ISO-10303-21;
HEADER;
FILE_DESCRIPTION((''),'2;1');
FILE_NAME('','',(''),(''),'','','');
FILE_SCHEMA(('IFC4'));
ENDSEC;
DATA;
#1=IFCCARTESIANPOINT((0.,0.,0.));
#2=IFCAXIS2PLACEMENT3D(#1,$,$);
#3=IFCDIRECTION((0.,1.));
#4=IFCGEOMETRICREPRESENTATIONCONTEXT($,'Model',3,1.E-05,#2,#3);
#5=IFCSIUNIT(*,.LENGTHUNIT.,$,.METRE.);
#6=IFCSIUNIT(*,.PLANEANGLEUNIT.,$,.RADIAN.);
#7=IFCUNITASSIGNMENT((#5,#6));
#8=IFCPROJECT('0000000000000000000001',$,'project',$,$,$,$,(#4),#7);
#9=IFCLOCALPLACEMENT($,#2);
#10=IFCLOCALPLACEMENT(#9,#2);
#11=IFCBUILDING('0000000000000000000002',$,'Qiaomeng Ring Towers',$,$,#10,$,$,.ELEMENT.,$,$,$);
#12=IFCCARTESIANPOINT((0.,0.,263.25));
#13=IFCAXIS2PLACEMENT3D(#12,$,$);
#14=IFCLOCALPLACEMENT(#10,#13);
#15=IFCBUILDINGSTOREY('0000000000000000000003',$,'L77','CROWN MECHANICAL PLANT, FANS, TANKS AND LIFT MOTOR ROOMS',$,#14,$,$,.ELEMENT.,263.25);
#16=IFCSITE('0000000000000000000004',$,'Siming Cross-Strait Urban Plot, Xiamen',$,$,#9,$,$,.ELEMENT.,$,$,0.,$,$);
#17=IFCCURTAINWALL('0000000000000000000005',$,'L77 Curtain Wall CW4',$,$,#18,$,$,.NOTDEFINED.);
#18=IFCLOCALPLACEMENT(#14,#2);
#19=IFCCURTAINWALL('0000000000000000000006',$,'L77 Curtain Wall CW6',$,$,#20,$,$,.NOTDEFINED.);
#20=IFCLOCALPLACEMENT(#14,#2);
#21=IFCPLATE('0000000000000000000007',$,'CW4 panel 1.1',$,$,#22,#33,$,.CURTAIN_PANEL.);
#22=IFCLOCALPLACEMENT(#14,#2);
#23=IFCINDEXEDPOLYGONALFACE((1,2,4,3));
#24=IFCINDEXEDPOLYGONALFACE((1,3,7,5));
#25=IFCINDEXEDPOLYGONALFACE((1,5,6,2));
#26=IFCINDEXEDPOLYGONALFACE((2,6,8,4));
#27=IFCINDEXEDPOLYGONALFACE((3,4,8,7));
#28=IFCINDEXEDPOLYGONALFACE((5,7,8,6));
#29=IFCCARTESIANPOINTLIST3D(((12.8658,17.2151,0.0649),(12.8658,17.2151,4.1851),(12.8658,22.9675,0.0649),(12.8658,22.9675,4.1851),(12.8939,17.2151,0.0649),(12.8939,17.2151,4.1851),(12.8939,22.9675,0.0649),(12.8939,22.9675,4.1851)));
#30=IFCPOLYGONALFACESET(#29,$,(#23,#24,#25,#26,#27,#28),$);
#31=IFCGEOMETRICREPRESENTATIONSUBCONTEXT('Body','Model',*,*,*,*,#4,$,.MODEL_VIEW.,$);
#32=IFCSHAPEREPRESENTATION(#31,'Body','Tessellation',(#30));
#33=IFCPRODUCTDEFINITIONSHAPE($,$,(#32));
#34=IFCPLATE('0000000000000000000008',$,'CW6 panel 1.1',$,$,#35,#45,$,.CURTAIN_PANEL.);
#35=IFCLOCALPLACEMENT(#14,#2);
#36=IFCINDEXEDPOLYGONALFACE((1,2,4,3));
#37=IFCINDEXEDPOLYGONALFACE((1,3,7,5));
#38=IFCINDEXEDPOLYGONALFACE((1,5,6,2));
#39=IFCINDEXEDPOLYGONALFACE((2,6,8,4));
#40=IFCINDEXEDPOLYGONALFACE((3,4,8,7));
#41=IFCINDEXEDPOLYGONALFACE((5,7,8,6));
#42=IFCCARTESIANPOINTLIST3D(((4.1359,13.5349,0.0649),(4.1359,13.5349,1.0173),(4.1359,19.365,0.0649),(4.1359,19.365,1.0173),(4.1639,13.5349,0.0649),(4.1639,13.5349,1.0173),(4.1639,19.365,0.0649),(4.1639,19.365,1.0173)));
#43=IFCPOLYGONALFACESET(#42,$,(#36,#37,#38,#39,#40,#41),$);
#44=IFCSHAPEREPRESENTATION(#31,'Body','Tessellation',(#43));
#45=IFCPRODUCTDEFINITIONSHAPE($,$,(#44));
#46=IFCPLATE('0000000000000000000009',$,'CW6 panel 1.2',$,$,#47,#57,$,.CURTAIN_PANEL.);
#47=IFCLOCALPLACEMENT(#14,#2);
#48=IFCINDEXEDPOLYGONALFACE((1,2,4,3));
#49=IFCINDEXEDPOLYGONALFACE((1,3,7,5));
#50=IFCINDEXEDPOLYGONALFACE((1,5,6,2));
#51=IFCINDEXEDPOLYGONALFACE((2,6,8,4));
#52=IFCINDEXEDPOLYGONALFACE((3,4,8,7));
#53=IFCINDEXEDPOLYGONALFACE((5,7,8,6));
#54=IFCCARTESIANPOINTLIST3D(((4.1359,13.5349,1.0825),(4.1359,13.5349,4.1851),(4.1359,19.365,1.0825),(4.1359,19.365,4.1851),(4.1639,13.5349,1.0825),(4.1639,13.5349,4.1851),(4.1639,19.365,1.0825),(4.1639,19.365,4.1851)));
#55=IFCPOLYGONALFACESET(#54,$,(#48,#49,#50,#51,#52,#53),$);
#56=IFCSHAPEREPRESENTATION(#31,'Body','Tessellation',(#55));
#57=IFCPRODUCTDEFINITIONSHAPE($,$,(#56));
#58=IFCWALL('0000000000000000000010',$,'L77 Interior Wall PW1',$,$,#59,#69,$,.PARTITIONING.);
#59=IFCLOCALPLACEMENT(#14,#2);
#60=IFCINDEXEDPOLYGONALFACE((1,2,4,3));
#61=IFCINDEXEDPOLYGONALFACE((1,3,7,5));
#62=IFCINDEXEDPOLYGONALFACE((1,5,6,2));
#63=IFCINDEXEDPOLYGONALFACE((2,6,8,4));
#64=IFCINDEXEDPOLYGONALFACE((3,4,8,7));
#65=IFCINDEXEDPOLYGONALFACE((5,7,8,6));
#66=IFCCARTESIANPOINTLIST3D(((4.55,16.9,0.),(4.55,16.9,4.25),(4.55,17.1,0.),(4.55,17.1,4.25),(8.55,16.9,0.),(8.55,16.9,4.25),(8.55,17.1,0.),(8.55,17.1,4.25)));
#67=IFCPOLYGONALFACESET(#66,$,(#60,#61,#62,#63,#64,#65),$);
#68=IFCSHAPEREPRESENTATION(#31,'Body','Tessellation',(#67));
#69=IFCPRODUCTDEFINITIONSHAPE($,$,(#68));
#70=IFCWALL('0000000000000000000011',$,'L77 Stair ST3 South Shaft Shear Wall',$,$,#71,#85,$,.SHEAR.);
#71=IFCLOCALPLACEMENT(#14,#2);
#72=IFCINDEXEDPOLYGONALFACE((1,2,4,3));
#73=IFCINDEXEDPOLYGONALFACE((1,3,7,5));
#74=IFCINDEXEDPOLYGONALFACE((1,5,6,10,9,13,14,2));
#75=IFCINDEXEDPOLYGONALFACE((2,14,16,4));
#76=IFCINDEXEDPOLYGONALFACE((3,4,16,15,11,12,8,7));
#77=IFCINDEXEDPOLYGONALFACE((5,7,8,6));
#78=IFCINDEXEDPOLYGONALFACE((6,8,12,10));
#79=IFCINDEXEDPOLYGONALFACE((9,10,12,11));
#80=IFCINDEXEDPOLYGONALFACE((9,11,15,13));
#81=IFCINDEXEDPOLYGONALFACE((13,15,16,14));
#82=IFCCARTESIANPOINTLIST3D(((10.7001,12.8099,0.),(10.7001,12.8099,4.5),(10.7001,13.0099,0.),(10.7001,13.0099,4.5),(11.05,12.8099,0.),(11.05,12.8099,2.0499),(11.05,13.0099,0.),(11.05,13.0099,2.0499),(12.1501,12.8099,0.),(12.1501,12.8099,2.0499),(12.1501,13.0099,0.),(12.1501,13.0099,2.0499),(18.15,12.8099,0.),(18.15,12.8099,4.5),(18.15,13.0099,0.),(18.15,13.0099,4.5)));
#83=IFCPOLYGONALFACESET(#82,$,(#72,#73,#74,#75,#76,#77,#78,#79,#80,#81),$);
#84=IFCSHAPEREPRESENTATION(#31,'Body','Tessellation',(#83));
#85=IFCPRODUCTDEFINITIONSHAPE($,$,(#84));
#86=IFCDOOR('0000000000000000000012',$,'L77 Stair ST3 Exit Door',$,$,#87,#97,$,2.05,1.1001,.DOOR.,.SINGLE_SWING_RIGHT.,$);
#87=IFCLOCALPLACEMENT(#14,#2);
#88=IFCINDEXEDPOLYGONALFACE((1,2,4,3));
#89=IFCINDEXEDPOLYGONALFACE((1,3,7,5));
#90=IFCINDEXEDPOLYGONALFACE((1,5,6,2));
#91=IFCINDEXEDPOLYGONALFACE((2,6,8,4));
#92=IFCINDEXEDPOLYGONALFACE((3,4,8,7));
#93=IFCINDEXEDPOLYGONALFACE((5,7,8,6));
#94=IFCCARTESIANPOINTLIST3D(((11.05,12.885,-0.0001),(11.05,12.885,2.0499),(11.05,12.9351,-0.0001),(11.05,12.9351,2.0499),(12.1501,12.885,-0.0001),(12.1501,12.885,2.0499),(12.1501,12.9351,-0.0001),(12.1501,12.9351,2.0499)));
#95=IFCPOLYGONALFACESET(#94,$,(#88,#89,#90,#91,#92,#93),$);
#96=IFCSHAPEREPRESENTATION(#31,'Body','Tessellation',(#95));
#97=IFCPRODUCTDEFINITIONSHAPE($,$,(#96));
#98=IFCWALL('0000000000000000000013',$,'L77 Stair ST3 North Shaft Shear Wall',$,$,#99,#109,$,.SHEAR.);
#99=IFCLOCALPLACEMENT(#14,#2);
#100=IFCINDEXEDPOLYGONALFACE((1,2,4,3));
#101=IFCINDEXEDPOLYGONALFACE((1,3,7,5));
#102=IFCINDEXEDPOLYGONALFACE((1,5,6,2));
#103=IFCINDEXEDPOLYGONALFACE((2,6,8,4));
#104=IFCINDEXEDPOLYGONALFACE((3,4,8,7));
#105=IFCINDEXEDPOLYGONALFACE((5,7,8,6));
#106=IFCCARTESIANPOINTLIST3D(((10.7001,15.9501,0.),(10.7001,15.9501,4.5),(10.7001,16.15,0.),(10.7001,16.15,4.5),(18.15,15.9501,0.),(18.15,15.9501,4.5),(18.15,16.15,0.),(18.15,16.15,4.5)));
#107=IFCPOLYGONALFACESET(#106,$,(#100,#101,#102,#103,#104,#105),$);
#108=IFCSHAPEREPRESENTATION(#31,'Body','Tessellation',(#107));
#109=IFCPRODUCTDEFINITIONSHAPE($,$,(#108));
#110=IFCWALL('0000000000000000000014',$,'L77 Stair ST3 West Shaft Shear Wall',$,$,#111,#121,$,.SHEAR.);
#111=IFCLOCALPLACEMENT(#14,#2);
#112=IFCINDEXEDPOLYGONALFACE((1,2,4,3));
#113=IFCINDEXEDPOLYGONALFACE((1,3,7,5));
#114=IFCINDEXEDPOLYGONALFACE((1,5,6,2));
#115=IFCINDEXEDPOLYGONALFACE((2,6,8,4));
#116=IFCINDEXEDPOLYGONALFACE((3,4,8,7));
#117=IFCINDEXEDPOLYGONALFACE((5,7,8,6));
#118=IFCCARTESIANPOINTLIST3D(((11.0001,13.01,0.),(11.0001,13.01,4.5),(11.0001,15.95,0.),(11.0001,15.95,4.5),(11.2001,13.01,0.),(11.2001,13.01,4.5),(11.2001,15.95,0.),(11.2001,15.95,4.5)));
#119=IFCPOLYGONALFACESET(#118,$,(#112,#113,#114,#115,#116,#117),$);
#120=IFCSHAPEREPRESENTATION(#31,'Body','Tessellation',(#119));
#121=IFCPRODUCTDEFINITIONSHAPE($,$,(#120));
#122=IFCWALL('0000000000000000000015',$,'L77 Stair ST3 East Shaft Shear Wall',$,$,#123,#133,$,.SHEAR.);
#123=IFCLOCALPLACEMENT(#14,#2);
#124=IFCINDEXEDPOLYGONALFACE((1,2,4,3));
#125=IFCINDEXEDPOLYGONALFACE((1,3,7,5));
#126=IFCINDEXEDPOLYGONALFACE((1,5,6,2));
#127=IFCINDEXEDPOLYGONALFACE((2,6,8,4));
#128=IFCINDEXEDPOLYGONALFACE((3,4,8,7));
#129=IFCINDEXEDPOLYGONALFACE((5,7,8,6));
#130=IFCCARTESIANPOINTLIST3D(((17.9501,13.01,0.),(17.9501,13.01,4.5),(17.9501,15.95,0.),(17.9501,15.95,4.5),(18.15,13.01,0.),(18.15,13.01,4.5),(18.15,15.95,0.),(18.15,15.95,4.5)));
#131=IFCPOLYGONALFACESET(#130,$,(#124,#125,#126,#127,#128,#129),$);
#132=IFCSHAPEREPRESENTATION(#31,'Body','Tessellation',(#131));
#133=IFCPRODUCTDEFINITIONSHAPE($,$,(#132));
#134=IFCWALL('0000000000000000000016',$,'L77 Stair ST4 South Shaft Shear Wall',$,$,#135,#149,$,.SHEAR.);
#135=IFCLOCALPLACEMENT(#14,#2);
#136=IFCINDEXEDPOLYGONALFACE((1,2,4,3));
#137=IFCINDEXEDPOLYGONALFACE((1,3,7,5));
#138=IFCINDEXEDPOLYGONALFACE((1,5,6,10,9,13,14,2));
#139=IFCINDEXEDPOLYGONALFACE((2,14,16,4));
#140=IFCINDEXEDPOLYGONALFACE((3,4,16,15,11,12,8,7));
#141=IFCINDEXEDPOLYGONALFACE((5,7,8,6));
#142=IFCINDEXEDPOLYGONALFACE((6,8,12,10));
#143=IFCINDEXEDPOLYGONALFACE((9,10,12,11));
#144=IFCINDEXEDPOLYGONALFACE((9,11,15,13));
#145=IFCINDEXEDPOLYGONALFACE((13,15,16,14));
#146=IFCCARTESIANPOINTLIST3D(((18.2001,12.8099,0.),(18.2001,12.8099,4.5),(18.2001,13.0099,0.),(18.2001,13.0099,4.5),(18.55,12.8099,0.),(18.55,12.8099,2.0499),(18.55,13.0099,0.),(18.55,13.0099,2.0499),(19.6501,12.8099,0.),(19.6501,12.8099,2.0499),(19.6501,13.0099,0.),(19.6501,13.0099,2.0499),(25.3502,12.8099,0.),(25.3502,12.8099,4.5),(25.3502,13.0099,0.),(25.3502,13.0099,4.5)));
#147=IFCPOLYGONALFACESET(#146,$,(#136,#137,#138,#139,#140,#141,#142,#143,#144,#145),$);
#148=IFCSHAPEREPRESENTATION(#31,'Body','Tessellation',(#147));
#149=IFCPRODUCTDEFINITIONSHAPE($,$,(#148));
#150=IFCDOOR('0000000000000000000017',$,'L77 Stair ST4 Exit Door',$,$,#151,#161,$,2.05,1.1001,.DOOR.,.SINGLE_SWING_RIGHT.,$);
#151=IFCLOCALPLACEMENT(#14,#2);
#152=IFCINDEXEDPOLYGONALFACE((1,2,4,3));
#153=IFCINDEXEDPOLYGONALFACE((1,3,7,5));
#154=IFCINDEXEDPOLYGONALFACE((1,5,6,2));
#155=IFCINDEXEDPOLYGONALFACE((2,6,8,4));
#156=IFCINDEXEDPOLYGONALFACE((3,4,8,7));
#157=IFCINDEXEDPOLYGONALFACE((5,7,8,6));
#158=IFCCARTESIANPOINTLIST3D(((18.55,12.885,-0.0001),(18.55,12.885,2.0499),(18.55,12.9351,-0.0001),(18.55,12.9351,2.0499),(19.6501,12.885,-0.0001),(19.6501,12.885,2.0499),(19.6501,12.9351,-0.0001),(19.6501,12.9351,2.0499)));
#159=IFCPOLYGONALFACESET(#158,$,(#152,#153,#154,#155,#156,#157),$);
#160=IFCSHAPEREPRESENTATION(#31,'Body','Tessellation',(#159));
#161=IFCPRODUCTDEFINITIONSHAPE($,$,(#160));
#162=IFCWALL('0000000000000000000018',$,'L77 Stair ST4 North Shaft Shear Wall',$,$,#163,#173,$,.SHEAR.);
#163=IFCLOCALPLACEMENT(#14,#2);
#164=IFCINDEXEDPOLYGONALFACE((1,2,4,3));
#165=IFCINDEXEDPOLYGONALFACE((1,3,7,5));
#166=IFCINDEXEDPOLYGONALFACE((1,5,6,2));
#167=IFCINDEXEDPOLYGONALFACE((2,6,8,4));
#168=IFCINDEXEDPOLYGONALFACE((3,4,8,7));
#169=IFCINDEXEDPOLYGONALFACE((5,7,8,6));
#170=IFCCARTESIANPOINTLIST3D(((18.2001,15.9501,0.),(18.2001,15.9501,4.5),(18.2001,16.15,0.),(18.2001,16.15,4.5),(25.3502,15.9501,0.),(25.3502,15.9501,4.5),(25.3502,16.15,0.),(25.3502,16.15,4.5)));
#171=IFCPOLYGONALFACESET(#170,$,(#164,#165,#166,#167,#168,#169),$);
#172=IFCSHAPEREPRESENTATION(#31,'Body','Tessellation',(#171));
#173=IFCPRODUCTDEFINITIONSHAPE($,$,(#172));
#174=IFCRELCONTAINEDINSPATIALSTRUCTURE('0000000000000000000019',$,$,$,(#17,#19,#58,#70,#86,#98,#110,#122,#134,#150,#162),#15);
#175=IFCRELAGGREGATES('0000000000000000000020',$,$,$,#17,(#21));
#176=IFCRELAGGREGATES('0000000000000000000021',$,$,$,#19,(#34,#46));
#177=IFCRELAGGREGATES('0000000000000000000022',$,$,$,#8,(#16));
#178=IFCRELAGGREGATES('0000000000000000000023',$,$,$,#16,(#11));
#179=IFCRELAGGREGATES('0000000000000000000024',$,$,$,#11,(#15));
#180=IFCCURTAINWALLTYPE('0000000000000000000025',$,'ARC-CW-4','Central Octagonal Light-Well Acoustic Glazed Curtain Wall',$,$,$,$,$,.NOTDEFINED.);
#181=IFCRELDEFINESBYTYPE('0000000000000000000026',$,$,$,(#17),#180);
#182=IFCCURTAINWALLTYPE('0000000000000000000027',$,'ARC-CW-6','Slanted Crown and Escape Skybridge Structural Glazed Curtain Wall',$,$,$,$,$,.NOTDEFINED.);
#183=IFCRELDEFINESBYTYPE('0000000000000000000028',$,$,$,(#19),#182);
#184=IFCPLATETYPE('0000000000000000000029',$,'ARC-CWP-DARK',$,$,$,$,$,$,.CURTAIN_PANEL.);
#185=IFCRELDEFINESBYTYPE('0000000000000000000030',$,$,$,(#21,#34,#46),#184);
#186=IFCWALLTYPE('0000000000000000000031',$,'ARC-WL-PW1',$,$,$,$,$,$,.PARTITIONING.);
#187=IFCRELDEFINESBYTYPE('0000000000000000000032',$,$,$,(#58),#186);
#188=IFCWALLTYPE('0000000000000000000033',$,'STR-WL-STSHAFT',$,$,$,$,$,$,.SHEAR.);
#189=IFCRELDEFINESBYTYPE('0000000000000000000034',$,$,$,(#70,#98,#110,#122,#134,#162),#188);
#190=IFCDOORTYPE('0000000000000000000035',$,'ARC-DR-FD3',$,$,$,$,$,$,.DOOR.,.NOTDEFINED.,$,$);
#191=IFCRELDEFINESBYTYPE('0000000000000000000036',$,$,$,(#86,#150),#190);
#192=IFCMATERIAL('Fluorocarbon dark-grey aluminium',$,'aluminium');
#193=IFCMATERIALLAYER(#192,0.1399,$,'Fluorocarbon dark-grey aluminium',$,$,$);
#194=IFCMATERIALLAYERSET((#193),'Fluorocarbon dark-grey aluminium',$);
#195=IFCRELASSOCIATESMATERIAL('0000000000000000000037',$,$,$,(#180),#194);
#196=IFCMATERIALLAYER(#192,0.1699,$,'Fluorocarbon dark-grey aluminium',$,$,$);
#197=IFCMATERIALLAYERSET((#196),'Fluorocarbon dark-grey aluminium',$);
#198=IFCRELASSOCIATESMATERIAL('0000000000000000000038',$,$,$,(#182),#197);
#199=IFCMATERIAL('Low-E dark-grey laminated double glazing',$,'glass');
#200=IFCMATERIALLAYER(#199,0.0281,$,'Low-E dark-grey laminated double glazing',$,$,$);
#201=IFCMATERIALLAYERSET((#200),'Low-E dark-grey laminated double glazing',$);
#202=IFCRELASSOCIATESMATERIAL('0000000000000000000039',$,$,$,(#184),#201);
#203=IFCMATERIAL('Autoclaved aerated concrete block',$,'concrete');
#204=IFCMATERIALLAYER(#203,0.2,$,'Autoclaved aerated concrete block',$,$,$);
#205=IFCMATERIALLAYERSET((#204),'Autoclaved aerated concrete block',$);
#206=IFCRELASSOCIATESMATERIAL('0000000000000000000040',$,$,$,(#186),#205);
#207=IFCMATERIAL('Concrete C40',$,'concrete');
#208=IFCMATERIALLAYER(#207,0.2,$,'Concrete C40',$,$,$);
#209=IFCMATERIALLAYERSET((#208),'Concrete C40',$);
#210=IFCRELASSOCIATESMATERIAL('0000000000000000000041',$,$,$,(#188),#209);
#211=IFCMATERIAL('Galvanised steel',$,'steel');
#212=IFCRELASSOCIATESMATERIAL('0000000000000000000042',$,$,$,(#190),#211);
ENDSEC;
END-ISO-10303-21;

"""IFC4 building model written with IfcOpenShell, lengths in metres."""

from ifc_helpers import new_model, si_unit, direction, frame, frame_2d, origin, origin_2d, place, context, subcontext, project, spatial, rectangle, extrude, source, transform, mapped, material, layer, layer_set, type_object, element, fill, aggregate, save


model = new_model("IFC4")

# Units and contexts
model_context = context("Model", 3, precision=1e-05, world=origin(), true_north=direction((0.0, 1.0)))
body_context = subcontext(model_context, "Body", "Model", "MODEL_VIEW")
ifc_project = project(units=[si_unit("LENGTHUNIT", "METRE"), si_unit("PLANEANGLEUNIT", "RADIAN")], contexts=[model_context])

# Site, building, storey
site_placement = place(None, origin())
site = spatial("IfcSite", under=ifc_project, at=site_placement, Name="Siming Cross-Strait Urban Plot, Xiamen", CompositionType="ELEMENT", RefElevation=0.0)
building_placement = place(site_placement, origin())
building = spatial("IfcBuilding", under=site, at=building_placement, Name="Qiaomeng Ring Towers", CompositionType="ELEMENT")
storey_placement = place(building_placement, frame((0.0, 0.0, 263.25)))
storey = spatial("IfcBuildingStorey", under=building, at=storey_placement, Name="L77", Description="CROWN MECHANICAL PLANT, FANS, TANKS AND LIFT MOTOR ROOMS", CompositionType="ELEMENT", Elevation=263.25)

# Shared definitions
ifc_material_1 = material(Name="Concrete C40", Category="concrete")

# Curtain wall
ifc_material_2 = material(Name="Fluorocarbon dark-grey aluminium", Category="aluminium")
ifc_layer_1 = layer(ifc_material_2, 0.1399, Name="Fluorocarbon dark-grey aluminium")
ifc_layer_set_1 = layer_set([ifc_layer_1], Name="Fluorocarbon dark-grey aluminium")
curtain_wall_type_1 = type_object("IfcCurtainWallType", Name="ARC-CW-4", Description="Central Octagonal Light-Well Acoustic Glazed Curtain Wall", PredefinedType="NOTDEFINED", material=ifc_layer_set_1)
curtain_wall_1_placement = place(storey_placement, origin())
curtain_wall_1 = element("IfcCurtainWall", 1, at=curtain_wall_1_placement, inside=storey, type_object=curtain_wall_type_1, Name="L77 Curtain Wall CW4", PredefinedType="NOTDEFINED")

# Shared definitions
ifc_layer_2 = layer(ifc_material_2, 0.1699, Name="Fluorocarbon dark-grey aluminium")
ifc_layer_set_2 = layer_set([ifc_layer_2], Name="Fluorocarbon dark-grey aluminium")
curtain_wall_type_2 = type_object("IfcCurtainWallType", Name="ARC-CW-6", Description="Slanted Crown and Escape Skybridge Structural Glazed Curtain Wall", PredefinedType="NOTDEFINED", material=ifc_layer_set_2)

# Curtain wall
curtain_wall_2_placement = place(storey_placement, origin())
curtain_wall_2 = element("IfcCurtainWall", 2, at=curtain_wall_2_placement, inside=storey, type_object=curtain_wall_type_2, Name="L77 Curtain Wall CW6", PredefinedType="NOTDEFINED")

# Plates
ifc_material_3 = material(Name="Low-E dark-grey laminated double glazing", Category="glass")
ifc_layer_3 = layer(ifc_material_3, 0.0281, Name="Low-E dark-grey laminated double glazing")
ifc_layer_set_3 = layer_set([ifc_layer_3], Name="Low-E dark-grey laminated double glazing")
plate_type = type_object("IfcPlateType", Name="ARC-CWP-DARK", PredefinedType="CURTAIN_PANEL", material=ifc_layer_set_3)
shared_shape_1 = source(origin(), body_context, "Body", "SweptSolid", [
    extrude(rectangle(XDim=5.7524, YDim=0.0281, at=origin_2d()), origin(), (0.0, 0.0, 1.0), 4.1201),
])
plate_1_placement = place(storey_placement, frame((12.8799, 20.0913, 0.0649), z_axis=(0.0, 0.0, 1.0), x_axis=(0.0, 1.0, 0.0)))
plate_1 = element("IfcPlate", 3, at=plate_1_placement, type_object=plate_type, Name="CW4 panel 1.1", PredefinedType="CURTAIN_PANEL", context=body_context, shape_type="MappedRepresentation", body=[
    mapped(shared_shape_1, transform((0.0, 0.0, 0.0), x_axis=(1.0, 0.0, 0.0), y_axis=(0.0, 1.0, 0.0), z_axis=(0.0, 0.0, 1.0), scale=1.0)),
])
aggregate(curtain_wall_1, [plate_1])
shared_shape_2 = source(origin(), body_context, "Body", "SweptSolid", [
    extrude(rectangle(XDim=5.8301, YDim=0.0281, at=origin_2d()), origin(), (0.0, 0.0, 1.0), 0.9524),
])
plate_2_placement = place(storey_placement, frame((4.1499, 16.45, 0.0649), z_axis=(0.0, 0.0, 1.0), x_axis=(0.0, -1.0, 0.0)))
plate_2 = element("IfcPlate", 4, at=plate_2_placement, type_object=plate_type, Name="CW6 panel 1.1", PredefinedType="CURTAIN_PANEL", context=body_context, shape_type="MappedRepresentation", body=[
    mapped(shared_shape_2, transform((0.0, 0.0, 0.0), x_axis=(1.0, 0.0, 0.0), y_axis=(0.0, 1.0, 0.0), z_axis=(0.0, 0.0, 1.0), scale=1.0)),
])
shared_shape_3 = source(origin(), body_context, "Body", "SweptSolid", [
    extrude(rectangle(XDim=5.8301, YDim=0.0281, at=origin_2d()), origin(), (0.0, 0.0, 1.0), 3.1025),
])
plate_3_placement = place(storey_placement, frame((4.1499, 16.45, 1.0825), z_axis=(0.0, 0.0, 1.0), x_axis=(0.0, -1.0, 0.0)))
plate_3 = element("IfcPlate", 5, at=plate_3_placement, type_object=plate_type, Name="CW6 panel 1.2", PredefinedType="CURTAIN_PANEL", context=body_context, shape_type="MappedRepresentation", body=[
    mapped(shared_shape_3, transform((0.0, 0.0, 0.0), x_axis=(1.0, 0.0, 0.0), y_axis=(0.0, 1.0, 0.0), z_axis=(0.0, 0.0, 1.0), scale=1.0)),
])
aggregate(curtain_wall_2, [plate_2, plate_3])

# Wall
ifc_material_4 = material(Name="Autoclaved aerated concrete block", Category="concrete")
ifc_layer_4 = layer(ifc_material_4, 0.2, Name="Autoclaved aerated concrete block")
ifc_layer_set_4 = layer_set([ifc_layer_4], Name="Autoclaved aerated concrete block")
wall_type_1 = type_object("IfcWallType", Name="ARC-WL-PW1", PredefinedType="PARTITIONING", material=ifc_layer_set_4)
wall_1_placement = place(storey_placement, frame((4.55, 17.0, 0.0), z_axis=(0.0, 0.0, 1.0), x_axis=(1.0, 0.0, 0.0)))
element("IfcWall", 6, at=wall_1_placement, inside=storey, type_object=wall_type_1, Name="L77 Interior Wall PW1", PredefinedType="PARTITIONING", context=body_context, shape_type="SweptSolid", body=[
    extrude(rectangle(XDim=4.0, YDim=0.2, at=frame_2d((2.0, 0.0))), origin(), (0.0, 0.0, 1.0), 4.25),
])

# Wall, opening, door
ifc_layer_5 = layer(ifc_material_1, 0.2, Name="Concrete C40")
ifc_layer_set_5 = layer_set([ifc_layer_5], Name="Concrete C40")
wall_type_2 = type_object("IfcWallType", Name="STR-WL-STSHAFT", PredefinedType="SHEAR", material=ifc_layer_set_5)
wall_2_placement = place(storey_placement, frame((10.7, 12.9099, 0.0), z_axis=(0.0, 0.0, 1.0), x_axis=(1.0, 0.0, 0.0)))
wall_2 = element("IfcWall", 7, at=wall_2_placement, inside=storey, type_object=wall_type_2, Name="L77 Stair ST3 South Shaft Shear Wall", PredefinedType="SHEAR", context=body_context, shape_type="SweptSolid", body=[
    extrude(rectangle(XDim=7.45, YDim=0.2, at=frame_2d((3.7251, 0.0))), origin(), (0.0, 0.0, 1.0), 4.5),
])
opening_1_placement = place(wall_2_placement, frame((0.3501, 0.0, 0.0)))
opening_1 = element("IfcOpeningElement", 8, at=opening_1_placement, cuts=wall_2, PredefinedType="OPENING", context=body_context, shape_type="SweptSolid", body=[
    extrude(rectangle(XDim=1.1001, YDim=2.05, at=frame_2d((0.55, 1.0249))), frame((0.0, 0.1099, 0.0), z_axis=(0.0, -1.0, 0.0), x_axis=(1.0, 0.0, 0.0)), (0.0, 0.0, 1.0), 0.22),
])
ifc_material_5 = material(Name="Galvanised steel", Category="steel")
door_type = type_object("IfcDoorType", Name="ARC-DR-FD3", OperationType="NOTDEFINED", PredefinedType="DOOR", material=ifc_material_5)
shared_shape_4 = source(origin(), body_context, "Body", "SweptSolid", [
    extrude(rectangle(XDim=1.1001, YDim=2.05, at=frame_2d((0.55, 1.0249))), frame((0.0, 0.0249, 0.0), z_axis=(0.0, -1.0, 0.0), x_axis=(1.0, 0.0, 0.0)), (0.0, 0.0, 1.0), 0.05),
])
door_1_placement = place(opening_1_placement, frame((1.1001, 0.0, 0.0), z_axis=(0.0, 0.0, 1.0), x_axis=(-1.0, 0.0, 0.0)))
door_1 = element("IfcDoor", 9, at=door_1_placement, inside=storey, type_object=door_type, Name="L77 Stair ST3 Exit Door", OperationType="SINGLE_SWING_RIGHT", OverallHeight=2.05, OverallWidth=1.1001, PredefinedType="DOOR", context=body_context, shape_type="MappedRepresentation", body=[
    mapped(shared_shape_4, transform((0.0, 0.0, 0.0), x_axis=(1.0, 0.0, 0.0), y_axis=(0.0, 1.0, 0.0), z_axis=(0.0, 0.0, 1.0), scale=1.0)),
])
fill(opening_1, door_1)

# Walls
wall_3_placement = place(storey_placement, frame((10.7, 16.05, 0.0), z_axis=(0.0, 0.0, 1.0), x_axis=(1.0, 0.0, 0.0)))
element("IfcWall", 10, at=wall_3_placement, inside=storey, type_object=wall_type_2, Name="L77 Stair ST3 North Shaft Shear Wall", PredefinedType="SHEAR", context=body_context, shape_type="SweptSolid", body=[
    extrude(rectangle(XDim=7.45, YDim=0.2, at=frame_2d((3.7251, 0.0))), origin(), (0.0, 0.0, 1.0), 4.5),
])
for number, where, z_axis, x_axis, name in (
    (11, (11.1001, 13.01, 0.0), (0.0, 0.0, 1.0), (0.0, 1.0, 0.0), "L77 Stair ST3 West Shaft Shear Wall"),
    (12, (18.05, 13.01, 0.0), (0.0, 0.0, 1.0), (0.0, 1.0, 0.0), "L77 Stair ST3 East Shaft Shear Wall"),
):
    element("IfcWall", number, at=place(storey_placement, frame(where, z_axis=z_axis, x_axis=x_axis)), inside=storey, type_object=wall_type_2, Name=name, PredefinedType="SHEAR", context=body_context, shape_type="SweptSolid", body=[
        extrude(rectangle(XDim=2.9399, YDim=0.2, at=frame_2d((1.47, 0.0))), origin(), (0.0, 0.0, 1.0), 4.5),
    ])

# Wall, opening, door
wall_4_placement = place(storey_placement, frame((18.2, 12.9099, 0.0), z_axis=(0.0, 0.0, 1.0), x_axis=(1.0, 0.0, 0.0)))
wall_4 = element("IfcWall", 13, at=wall_4_placement, inside=storey, type_object=wall_type_2, Name="L77 Stair ST4 South Shaft Shear Wall", PredefinedType="SHEAR", context=body_context, shape_type="SweptSolid", body=[
    extrude(rectangle(XDim=7.1501, YDim=0.2, at=frame_2d((3.5752, 0.0))), origin(), (0.0, 0.0, 1.0), 4.5),
])
opening_2_placement = place(wall_4_placement, frame((0.3501, 0.0, 0.0)))
opening_2 = element("IfcOpeningElement", 14, at=opening_2_placement, cuts=wall_4, PredefinedType="OPENING", context=body_context, shape_type="SweptSolid", body=[
    extrude(rectangle(XDim=1.1001, YDim=2.05, at=frame_2d((0.55, 1.0249))), frame((0.0, 0.1099, 0.0), z_axis=(0.0, -1.0, 0.0), x_axis=(1.0, 0.0, 0.0)), (0.0, 0.0, 1.0), 0.22),
])
door_2_placement = place(opening_2_placement, frame((1.1001, 0.0, 0.0), z_axis=(0.0, 0.0, 1.0), x_axis=(-1.0, 0.0, 0.0)))
door_2 = element("IfcDoor", 15, at=door_2_placement, inside=storey, type_object=door_type, Name="L77 Stair ST4 Exit Door", OperationType="SINGLE_SWING_RIGHT", OverallHeight=2.05, OverallWidth=1.1001, PredefinedType="DOOR", context=body_context, shape_type="MappedRepresentation", body=[
    mapped(shared_shape_4, transform((0.0, 0.0, 0.0), x_axis=(1.0, 0.0, 0.0), y_axis=(0.0, 1.0, 0.0), z_axis=(0.0, 0.0, 1.0), scale=1.0)),
])
fill(opening_2, door_2)

# Wall
wall_5_placement = place(storey_placement, frame((18.2, 16.05, 0.0), z_axis=(0.0, 0.0, 1.0), x_axis=(1.0, 0.0, 0.0)))
element("IfcWall", 16, at=wall_5_placement, inside=storey, type_object=wall_type_2, Name="L77 Stair ST4 North Shaft Shear Wall", PredefinedType="SHEAR", context=body_context, shape_type="SweptSolid", body=[
    extrude(rectangle(XDim=7.1501, YDim=0.2, at=frame_2d((3.5752, 0.0))), origin(), (0.0, 0.0, 1.0), 4.5),
])

save(model, "model.ifc")
